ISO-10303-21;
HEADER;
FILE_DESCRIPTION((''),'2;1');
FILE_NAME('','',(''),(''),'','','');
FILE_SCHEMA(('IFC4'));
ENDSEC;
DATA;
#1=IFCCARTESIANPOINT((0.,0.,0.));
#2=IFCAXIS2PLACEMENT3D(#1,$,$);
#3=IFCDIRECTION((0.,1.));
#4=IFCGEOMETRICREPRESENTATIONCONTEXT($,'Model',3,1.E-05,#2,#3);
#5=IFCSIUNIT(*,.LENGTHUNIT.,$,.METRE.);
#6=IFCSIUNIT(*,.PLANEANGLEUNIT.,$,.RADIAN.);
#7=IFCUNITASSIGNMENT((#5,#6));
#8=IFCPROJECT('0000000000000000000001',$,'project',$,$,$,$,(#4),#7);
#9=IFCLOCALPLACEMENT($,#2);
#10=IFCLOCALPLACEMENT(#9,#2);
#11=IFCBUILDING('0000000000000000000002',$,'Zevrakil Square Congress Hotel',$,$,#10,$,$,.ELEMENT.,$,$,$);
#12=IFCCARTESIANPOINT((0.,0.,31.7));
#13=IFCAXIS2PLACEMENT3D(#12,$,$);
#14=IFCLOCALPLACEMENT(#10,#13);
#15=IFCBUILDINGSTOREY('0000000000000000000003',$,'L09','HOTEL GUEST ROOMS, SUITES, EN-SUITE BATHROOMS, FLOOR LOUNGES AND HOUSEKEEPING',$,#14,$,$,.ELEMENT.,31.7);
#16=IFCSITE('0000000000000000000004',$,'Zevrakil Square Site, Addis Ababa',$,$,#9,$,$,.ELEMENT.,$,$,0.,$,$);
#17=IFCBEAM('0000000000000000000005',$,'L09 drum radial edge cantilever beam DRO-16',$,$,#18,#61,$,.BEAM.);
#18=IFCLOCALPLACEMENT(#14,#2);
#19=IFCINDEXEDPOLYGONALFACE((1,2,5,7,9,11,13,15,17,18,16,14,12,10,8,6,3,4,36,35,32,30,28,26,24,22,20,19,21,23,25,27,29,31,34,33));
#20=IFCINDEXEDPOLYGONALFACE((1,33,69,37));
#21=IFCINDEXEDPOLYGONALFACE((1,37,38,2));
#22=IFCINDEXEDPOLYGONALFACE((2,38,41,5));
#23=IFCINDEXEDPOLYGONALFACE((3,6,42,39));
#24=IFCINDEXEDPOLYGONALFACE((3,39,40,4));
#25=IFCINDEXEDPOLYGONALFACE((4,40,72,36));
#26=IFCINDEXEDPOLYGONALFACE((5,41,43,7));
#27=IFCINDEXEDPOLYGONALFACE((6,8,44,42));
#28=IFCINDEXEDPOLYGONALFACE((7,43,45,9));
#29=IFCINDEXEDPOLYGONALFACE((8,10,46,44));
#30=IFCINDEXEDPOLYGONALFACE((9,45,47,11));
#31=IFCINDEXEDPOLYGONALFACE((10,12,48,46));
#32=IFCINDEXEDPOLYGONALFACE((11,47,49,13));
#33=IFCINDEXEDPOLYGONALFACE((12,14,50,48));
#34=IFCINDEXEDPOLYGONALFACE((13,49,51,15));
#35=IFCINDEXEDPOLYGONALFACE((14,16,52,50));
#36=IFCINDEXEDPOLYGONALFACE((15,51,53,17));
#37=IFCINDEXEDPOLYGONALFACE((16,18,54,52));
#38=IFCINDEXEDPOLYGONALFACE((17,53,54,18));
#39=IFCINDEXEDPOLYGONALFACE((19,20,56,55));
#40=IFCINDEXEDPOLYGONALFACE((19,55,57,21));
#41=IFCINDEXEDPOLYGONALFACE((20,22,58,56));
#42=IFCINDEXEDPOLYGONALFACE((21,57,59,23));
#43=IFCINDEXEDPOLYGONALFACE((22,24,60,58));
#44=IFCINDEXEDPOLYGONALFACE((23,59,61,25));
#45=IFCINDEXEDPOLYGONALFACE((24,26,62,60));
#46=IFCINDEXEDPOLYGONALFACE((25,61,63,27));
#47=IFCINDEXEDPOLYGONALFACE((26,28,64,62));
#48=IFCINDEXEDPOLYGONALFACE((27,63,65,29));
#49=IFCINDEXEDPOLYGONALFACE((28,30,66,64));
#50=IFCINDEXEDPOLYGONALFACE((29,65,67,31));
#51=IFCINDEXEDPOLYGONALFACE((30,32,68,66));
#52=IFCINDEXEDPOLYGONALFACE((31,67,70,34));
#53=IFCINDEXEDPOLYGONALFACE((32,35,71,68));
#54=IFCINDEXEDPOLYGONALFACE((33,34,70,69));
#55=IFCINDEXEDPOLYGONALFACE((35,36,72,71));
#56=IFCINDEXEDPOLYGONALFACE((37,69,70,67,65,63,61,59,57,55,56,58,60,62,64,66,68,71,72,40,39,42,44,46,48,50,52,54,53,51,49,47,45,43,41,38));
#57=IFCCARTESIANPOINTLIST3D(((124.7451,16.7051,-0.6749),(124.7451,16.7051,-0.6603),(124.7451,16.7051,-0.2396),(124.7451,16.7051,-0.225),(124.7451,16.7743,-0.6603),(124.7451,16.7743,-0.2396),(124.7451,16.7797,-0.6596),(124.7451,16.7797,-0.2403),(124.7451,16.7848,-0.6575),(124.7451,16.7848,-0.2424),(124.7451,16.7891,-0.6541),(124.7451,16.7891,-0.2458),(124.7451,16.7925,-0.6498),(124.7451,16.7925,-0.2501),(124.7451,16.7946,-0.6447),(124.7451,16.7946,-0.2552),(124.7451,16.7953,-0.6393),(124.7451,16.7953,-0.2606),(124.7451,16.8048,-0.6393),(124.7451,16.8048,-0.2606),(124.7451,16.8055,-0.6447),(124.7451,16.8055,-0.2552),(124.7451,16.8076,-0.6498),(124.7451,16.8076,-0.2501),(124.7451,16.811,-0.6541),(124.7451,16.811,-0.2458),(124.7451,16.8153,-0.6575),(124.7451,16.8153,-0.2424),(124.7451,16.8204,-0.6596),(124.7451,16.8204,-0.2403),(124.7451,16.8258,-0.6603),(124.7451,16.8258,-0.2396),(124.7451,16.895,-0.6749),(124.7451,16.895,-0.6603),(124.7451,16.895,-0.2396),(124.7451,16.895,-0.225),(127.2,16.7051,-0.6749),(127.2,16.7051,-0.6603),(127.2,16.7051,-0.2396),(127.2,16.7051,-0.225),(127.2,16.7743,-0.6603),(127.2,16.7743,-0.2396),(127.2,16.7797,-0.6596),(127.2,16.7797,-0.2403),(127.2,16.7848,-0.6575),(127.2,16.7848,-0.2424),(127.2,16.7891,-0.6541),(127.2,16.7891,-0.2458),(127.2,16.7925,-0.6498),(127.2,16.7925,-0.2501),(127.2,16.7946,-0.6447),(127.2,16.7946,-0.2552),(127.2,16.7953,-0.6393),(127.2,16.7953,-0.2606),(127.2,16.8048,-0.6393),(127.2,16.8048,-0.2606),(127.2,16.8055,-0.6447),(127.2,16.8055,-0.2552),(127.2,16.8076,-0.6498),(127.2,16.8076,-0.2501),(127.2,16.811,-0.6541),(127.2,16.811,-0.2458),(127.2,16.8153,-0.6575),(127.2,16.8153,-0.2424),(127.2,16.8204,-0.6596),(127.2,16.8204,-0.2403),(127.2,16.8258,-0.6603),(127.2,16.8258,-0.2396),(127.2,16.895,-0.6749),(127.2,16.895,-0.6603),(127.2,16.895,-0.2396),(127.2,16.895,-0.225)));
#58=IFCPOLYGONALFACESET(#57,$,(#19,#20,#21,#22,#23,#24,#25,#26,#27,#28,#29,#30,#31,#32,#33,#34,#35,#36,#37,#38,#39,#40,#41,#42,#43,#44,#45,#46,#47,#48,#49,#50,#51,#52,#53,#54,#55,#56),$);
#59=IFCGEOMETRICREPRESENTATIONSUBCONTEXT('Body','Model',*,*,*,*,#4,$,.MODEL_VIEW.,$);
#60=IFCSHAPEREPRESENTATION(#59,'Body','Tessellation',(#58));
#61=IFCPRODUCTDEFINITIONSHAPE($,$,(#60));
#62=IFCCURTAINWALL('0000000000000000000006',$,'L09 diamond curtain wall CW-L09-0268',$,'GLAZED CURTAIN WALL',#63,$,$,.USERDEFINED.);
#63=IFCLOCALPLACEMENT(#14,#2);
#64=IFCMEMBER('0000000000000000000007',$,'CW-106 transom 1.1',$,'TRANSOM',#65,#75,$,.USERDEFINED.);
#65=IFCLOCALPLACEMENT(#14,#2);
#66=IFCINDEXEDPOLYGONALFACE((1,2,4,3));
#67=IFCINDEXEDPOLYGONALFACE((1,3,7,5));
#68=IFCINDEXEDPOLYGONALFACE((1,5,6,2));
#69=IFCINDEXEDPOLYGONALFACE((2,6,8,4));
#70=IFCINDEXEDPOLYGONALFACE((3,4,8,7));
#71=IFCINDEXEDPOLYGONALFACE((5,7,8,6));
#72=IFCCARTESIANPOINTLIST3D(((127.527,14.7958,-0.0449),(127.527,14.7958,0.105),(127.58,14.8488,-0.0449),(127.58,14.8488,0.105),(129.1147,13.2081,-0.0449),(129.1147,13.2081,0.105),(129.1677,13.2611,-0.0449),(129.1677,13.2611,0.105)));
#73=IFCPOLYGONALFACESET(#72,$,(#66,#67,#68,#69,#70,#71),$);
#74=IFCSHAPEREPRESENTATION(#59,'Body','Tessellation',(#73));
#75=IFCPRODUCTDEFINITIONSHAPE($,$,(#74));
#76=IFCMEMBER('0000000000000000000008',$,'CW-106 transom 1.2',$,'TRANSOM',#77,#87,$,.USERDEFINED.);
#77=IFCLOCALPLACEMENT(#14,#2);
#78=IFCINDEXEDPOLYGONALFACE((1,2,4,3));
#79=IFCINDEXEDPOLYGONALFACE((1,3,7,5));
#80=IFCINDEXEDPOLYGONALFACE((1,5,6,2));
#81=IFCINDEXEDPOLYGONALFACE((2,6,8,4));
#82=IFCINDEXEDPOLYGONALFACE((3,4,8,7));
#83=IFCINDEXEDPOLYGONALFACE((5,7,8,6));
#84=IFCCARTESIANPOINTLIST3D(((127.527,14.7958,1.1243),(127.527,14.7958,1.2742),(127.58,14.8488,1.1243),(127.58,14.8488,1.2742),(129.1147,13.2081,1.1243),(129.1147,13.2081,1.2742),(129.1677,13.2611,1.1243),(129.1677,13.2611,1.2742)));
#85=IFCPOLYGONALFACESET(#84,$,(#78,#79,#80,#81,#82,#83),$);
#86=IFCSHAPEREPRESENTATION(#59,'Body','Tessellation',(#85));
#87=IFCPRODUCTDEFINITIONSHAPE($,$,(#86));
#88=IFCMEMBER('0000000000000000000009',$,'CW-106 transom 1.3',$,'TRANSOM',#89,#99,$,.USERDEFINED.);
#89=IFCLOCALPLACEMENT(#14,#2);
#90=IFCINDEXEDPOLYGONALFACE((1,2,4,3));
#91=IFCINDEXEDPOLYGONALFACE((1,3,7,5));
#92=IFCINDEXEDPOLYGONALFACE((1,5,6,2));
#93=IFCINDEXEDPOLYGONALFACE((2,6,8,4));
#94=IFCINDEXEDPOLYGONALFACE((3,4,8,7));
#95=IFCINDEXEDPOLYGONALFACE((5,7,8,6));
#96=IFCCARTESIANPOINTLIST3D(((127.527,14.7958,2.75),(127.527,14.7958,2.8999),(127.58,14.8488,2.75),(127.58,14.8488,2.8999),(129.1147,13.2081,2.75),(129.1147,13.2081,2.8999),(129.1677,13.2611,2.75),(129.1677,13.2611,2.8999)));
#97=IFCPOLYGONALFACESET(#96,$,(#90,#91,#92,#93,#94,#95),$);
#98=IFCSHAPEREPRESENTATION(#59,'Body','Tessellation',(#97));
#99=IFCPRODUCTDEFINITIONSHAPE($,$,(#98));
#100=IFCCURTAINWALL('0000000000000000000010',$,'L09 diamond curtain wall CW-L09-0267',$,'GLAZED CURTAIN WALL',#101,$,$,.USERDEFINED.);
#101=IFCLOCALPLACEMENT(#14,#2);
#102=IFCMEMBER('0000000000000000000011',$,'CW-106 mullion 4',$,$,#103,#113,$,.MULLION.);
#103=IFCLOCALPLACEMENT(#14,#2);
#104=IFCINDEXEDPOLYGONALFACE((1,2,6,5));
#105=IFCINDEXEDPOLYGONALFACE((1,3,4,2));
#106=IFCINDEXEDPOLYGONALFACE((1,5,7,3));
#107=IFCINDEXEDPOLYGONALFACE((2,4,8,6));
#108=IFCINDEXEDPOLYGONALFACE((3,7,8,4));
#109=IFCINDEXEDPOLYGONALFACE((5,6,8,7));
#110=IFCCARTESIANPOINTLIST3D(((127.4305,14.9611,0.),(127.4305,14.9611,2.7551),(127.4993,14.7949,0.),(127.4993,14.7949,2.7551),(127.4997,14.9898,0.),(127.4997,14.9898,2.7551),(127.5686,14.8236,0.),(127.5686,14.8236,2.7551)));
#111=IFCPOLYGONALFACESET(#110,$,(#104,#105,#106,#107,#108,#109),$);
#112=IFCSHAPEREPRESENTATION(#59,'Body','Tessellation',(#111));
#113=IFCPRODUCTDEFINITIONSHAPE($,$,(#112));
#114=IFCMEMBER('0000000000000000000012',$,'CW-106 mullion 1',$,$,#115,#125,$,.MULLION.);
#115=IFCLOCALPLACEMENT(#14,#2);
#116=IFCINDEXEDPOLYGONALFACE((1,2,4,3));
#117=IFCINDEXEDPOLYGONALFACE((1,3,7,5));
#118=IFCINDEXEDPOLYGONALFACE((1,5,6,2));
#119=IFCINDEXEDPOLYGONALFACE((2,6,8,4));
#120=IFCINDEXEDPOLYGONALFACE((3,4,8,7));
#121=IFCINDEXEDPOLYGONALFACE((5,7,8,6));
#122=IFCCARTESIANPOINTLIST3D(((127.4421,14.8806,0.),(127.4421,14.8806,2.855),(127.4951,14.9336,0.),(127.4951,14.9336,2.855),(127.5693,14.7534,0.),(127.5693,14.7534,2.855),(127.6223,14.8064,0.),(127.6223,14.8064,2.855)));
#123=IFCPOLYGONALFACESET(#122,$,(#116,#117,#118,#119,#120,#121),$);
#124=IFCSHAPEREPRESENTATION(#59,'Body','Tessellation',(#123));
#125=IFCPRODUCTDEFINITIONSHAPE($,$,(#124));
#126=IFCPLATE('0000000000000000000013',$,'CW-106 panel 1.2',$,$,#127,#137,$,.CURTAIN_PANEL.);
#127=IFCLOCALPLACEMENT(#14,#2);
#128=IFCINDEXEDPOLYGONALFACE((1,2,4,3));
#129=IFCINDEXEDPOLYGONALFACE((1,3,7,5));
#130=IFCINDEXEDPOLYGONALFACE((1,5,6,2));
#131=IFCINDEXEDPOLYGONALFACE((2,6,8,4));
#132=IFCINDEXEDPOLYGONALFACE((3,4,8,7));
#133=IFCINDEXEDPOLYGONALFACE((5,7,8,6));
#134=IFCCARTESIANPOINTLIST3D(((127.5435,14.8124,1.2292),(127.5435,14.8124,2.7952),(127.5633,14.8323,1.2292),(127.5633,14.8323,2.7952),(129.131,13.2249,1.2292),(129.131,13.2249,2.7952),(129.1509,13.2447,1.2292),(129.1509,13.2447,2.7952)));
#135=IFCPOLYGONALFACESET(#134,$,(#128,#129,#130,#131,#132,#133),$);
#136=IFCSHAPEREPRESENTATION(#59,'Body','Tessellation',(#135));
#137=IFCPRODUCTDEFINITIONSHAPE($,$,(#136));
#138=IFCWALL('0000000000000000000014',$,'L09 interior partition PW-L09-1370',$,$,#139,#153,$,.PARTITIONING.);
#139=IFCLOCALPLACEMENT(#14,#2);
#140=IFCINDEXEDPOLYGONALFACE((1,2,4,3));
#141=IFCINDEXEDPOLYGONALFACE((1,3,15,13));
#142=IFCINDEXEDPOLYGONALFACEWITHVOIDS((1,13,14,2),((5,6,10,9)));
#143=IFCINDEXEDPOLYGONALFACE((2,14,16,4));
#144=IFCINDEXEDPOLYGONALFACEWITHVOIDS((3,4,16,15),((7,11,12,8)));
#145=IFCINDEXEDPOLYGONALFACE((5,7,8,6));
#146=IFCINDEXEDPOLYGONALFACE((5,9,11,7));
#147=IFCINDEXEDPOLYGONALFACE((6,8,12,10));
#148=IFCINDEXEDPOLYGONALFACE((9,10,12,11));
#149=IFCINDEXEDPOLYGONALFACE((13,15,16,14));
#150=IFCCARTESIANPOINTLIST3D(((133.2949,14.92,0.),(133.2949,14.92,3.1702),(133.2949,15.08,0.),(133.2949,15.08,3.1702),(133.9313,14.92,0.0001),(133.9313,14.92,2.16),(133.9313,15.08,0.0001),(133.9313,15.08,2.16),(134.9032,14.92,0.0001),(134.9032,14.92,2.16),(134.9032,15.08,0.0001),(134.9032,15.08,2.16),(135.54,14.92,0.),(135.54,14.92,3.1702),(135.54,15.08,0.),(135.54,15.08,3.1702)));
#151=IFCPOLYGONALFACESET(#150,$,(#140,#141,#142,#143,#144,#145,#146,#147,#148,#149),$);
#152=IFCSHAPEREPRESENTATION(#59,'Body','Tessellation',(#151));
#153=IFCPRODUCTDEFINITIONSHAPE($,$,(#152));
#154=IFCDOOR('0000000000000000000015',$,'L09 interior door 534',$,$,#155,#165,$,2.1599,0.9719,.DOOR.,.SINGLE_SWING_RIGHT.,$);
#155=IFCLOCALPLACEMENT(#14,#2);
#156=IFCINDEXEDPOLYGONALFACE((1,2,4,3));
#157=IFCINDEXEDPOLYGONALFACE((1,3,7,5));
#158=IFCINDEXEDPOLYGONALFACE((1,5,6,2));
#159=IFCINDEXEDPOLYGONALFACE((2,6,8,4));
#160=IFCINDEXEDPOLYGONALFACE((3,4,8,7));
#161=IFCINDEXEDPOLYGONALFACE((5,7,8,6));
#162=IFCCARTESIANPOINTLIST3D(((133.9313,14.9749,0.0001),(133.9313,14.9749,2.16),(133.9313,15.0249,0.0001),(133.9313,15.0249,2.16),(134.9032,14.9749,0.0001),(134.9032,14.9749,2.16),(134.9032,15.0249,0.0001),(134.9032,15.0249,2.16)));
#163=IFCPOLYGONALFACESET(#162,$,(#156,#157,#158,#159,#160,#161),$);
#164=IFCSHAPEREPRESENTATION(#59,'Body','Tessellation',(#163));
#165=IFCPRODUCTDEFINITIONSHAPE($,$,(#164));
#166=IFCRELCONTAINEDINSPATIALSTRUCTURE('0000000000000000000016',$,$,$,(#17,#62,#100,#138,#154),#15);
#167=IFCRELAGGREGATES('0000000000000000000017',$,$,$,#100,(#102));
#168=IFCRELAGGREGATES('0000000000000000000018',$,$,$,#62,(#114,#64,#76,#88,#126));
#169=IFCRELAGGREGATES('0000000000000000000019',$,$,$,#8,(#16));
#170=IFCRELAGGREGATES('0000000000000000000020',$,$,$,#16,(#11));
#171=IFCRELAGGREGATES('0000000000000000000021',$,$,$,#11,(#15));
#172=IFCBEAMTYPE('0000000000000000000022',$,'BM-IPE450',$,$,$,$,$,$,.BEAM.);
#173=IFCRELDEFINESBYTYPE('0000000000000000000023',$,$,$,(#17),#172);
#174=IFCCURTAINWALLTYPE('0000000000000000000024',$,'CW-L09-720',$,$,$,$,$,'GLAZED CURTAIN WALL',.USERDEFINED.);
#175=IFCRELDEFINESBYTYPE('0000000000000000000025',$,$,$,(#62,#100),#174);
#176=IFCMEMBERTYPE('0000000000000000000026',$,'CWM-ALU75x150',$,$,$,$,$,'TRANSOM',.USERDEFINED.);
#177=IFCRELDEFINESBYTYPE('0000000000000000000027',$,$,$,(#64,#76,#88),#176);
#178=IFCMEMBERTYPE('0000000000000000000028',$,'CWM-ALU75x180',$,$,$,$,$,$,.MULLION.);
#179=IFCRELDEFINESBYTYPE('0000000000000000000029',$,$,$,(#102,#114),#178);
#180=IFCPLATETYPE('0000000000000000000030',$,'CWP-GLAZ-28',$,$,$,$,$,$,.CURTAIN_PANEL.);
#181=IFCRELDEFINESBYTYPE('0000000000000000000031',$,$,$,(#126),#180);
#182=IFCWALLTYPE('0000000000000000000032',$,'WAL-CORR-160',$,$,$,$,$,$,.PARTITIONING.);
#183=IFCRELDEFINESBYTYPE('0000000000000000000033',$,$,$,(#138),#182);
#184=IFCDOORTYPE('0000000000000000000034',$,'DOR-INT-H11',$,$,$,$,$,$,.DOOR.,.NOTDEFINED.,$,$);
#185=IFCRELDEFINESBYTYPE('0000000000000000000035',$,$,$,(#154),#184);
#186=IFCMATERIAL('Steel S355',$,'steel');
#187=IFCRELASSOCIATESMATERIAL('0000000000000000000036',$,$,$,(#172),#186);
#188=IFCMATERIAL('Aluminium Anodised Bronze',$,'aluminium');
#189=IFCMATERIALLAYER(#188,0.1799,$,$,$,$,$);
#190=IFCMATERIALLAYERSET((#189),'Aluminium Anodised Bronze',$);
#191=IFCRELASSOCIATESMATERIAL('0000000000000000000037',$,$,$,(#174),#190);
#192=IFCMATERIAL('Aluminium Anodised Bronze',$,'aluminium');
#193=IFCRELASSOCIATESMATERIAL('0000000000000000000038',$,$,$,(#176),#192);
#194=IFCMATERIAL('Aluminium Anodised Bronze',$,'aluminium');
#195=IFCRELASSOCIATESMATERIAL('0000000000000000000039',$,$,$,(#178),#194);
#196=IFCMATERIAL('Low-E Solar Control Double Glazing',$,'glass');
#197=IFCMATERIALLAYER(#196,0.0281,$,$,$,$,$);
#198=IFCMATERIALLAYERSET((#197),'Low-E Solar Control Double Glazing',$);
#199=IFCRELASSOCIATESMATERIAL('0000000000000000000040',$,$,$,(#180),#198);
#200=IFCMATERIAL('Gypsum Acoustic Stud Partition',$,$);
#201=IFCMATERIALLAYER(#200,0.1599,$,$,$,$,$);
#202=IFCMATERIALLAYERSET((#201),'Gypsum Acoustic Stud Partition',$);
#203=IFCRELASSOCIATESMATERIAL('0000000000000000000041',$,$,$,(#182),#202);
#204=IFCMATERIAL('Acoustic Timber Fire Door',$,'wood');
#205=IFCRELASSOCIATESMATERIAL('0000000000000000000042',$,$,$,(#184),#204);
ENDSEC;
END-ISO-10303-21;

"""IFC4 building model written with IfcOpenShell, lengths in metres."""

from ifc_helpers import new_model, si_unit, direction, frame, frame_2d, origin, origin_2d, place, context, subcontext, project, spatial, rectangle, i_section, extrude, material, layer, layer_set, material_profile, profile_set, type_object, element, fill, aggregate, save


model = new_model("IFC4")

# Units and contexts
model_context = context("Model", 3, precision=1e-05, world=origin(), true_north=direction((0.0, 1.0)))
body_context = subcontext(model_context, "Body", "Model", "MODEL_VIEW")
ifc_project = project(units=[si_unit("LENGTHUNIT", "METRE"), si_unit("PLANEANGLEUNIT", "RADIAN")], contexts=[model_context])

# Site, building, storey
site_placement = place(None, origin())
site = spatial("IfcSite", under=ifc_project, at=site_placement, Name="Zevrakil Square Site, Addis Ababa", CompositionType="ELEMENT", RefElevation=0.0)
building_placement = place(site_placement, origin())
building = spatial("IfcBuilding", under=site, at=building_placement, Name="Zevrakil Square Congress Hotel", CompositionType="ELEMENT")
storey_placement = place(building_placement, frame((0.0, 0.0, 31.7)))
storey = spatial("IfcBuildingStorey", under=building, at=storey_placement, Name="L09", Description="HOTEL GUEST ROOMS, SUITES, EN-SUITE BATHROOMS, FLOOR LOUNGES AND HOUSEKEEPING", CompositionType="ELEMENT", Elevation=31.7)

# Beam
ifc_material_1 = material(Name="Steel S355", Category="steel")
ifc_material_profile_1 = material_profile(ifc_material_1, i_section(OverallWidth=0.1899, OverallDepth=0.45, WebThickness=0.0095, FlangeThickness=0.0146, FilletRadius=0.021, at=origin_2d()), Name="IPE 450")
ifc_profile_set_1 = profile_set([ifc_material_profile_1], Name="Steel S355")
beam_type = type_object("IfcBeamType", Name="BM-IPE450", PredefinedType="BEAM", material=ifc_profile_set_1)
beam_placement = place(storey_placement, frame((127.2, 16.8, -0.45), z_axis=(-1.0, 0.0, 0.0), x_axis=(0.0, -1.0, 0.0)))
element("IfcBeam", 1, at=beam_placement, inside=storey, type_object=beam_type, Name="L09 drum radial edge cantilever beam DRO-16", PredefinedType="BEAM", context=body_context, shape_type="SweptSolid", body=[
    extrude(i_section(OverallWidth=0.1899, OverallDepth=0.45, WebThickness=0.0095, FlangeThickness=0.0146, FilletRadius=0.021, at=origin_2d()), origin(), (0.0, 0.0, 1.0), 2.4548),
])

# Curtain wall, members
ifc_material_2 = material(Name="Aluminium Anodised Bronze", Category="aluminium")
ifc_layer_1 = layer(ifc_material_2, 0.1799)
ifc_layer_set_1 = layer_set([ifc_layer_1], Name="Aluminium Anodised Bronze")
curtain_wall_type = type_object("IfcCurtainWallType", Name="CW-L09-720", ElementType="GLAZED CURTAIN WALL", PredefinedType="USERDEFINED", material=ifc_layer_set_1)
curtain_wall_1_placement = place(storey_placement, origin())
curtain_wall_1 = element("IfcCurtainWall", 2, at=curtain_wall_1_placement, inside=storey, type_object=curtain_wall_type, Name="L09 diamond curtain wall CW-L09-0268", ObjectType="GLAZED CURTAIN WALL", PredefinedType="USERDEFINED")
ifc_material_3 = material(Name="Aluminium Anodised Bronze", Category="aluminium")
ifc_material_profile_2 = material_profile(ifc_material_3, rectangle(XDim=0.075, YDim=0.1499, at=origin_2d()), Name="ALU 75x150")
ifc_profile_set_2 = profile_set([ifc_material_profile_2], Name="Aluminium Anodised Bronze")
member_type_1 = type_object("IfcMemberType", Name="CWM-ALU75x150", ElementType="TRANSOM", PredefinedType="USERDEFINED", material=ifc_profile_set_2)
member_1_placement = place(storey_placement, frame((127.5535, 14.8223, 0.03), z_axis=(0.707107, -0.707107, 0.0), x_axis=(0.707107, 0.707107, 0.0)))
member_1 = element("IfcMember", 3, at=member_1_placement, type_object=member_type_1, Name="CW-106 transom 1.1", ObjectType="TRANSOM", PredefinedType="USERDEFINED", context=body_context, shape_type="SweptSolid", body=[
    extrude(rectangle(XDim=0.075, YDim=0.1499, at=origin_2d()), origin(), (0.0, 0.0, 1.0), 2.2454),
])
member_2_placement = place(storey_placement, frame((127.5535, 14.8223, 1.1992), z_axis=(0.707107, -0.707107, 0.0), x_axis=(0.707107, 0.707107, 0.0)))
member_2 = element("IfcMember", 4, at=member_2_placement, type_object=member_type_1, Name="CW-106 transom 1.2", ObjectType="TRANSOM", PredefinedType="USERDEFINED", context=body_context, shape_type="SweptSolid", body=[
    extrude(rectangle(XDim=0.075, YDim=0.1499, at=origin_2d()), origin(), (0.0, 0.0, 1.0), 2.2454),
])
member_3_placement = place(storey_placement, frame((127.5535, 14.8223, 2.825), z_axis=(0.707107, -0.707107, 0.0), x_axis=(0.707107, 0.707107, 0.0)))
member_3 = element("IfcMember", 5, at=member_3_placement, type_object=member_type_1, Name="CW-106 transom 1.3", ObjectType="TRANSOM", PredefinedType="USERDEFINED", context=body_context, shape_type="SweptSolid", body=[
    extrude(rectangle(XDim=0.075, YDim=0.1499, at=origin_2d()), origin(), (0.0, 0.0, 1.0), 2.2454),
])

# Curtain wall, member
curtain_wall_2_placement = place(storey_placement, origin())
curtain_wall_2 = element("IfcCurtainWall", 6, at=curtain_wall_2_placement, inside=storey, type_object=curtain_wall_type, Name="L09 diamond curtain wall CW-L09-0267", ObjectType="GLAZED CURTAIN WALL", PredefinedType="USERDEFINED")
ifc_material_4 = material(Name="Aluminium Anodised Bronze", Category="aluminium")
ifc_material_profile_3 = material_profile(ifc_material_4, rectangle(XDim=0.075, YDim=0.1799, at=origin_2d()), Name="ALU 75x180")
ifc_profile_set_3 = profile_set([ifc_material_profile_3], Name="Aluminium Anodised Bronze")
member_type_2 = type_object("IfcMemberType", Name="CWM-ALU75x180", PredefinedType="MULLION", material=ifc_profile_set_3)
member_4_placement = place(storey_placement, frame((127.4995, 14.8923, 0.0), z_axis=(0.0, 0.0, 1.0), x_axis=(0.923879, 0.382684, 0.0)))
member_4 = element("IfcMember", 7, at=member_4_placement, type_object=member_type_2, Name="CW-106 mullion 4", PredefinedType="MULLION", context=body_context, shape_type="SweptSolid", body=[
    extrude(rectangle(XDim=0.075, YDim=0.1799, at=origin_2d()), origin(), (0.0, 0.0, 1.0), 2.7551),
])
aggregate(curtain_wall_2, [member_4])

# Member
member_5_placement = place(storey_placement, frame((127.5322, 14.8435, 0.0), z_axis=(0.0, 0.0, 1.0), x_axis=(0.707107, 0.707107, 0.0)))
member_5 = element("IfcMember", 8, at=member_5_placement, type_object=member_type_2, Name="CW-106 mullion 1", PredefinedType="MULLION", context=body_context, shape_type="SweptSolid", body=[
    extrude(rectangle(XDim=0.075, YDim=0.1799, at=origin_2d()), origin(), (0.0, 0.0, 1.0), 2.855),
])

# Plate
ifc_material_5 = material(Name="Low-E Solar Control Double Glazing", Category="glass")
ifc_layer_2 = layer(ifc_material_5, 0.0281)
ifc_layer_set_2 = layer_set([ifc_layer_2], Name="Low-E Solar Control Double Glazing")
plate_type = type_object("IfcPlateType", Name="CWP-GLAZ-28", PredefinedType="CURTAIN_PANEL", material=ifc_layer_set_2)
plate_placement = place(storey_placement, frame((128.3472, 14.0286, 1.2292), z_axis=(0.0, 0.0, 1.0), x_axis=(0.707107, -0.707107, 0.0)))
plate = element("IfcPlate", 9, at=plate_placement, type_object=plate_type, Name="CW-106 panel 1.2", PredefinedType="CURTAIN_PANEL", context=body_context, shape_type="SweptSolid", body=[
    extrude(rectangle(XDim=2.2451, YDim=0.0281, at=origin_2d()), origin(), (0.0, 0.0, 1.0), 1.5659),
])
aggregate(curtain_wall_1, [member_5, member_1, member_2, member_3, plate])

# Wall, opening, door
ifc_material_6 = material(Name="Gypsum Acoustic Stud Partition")
ifc_layer_3 = layer(ifc_material_6, 0.1599)
ifc_layer_set_3 = layer_set([ifc_layer_3], Name="Gypsum Acoustic Stud Partition")
wall_type_1 = type_object("IfcWallType", Name="WAL-CORR-160", PredefinedType="PARTITIONING", material=ifc_layer_set_3)
wall_1_placement = place(storey_placement, frame((133.2949, 15.0, 0.0), z_axis=(0.0, 0.0, 1.0), x_axis=(1.0, 0.0, 0.0)))
wall_1 = element("IfcWall", 10, at=wall_1_placement, inside=storey, type_object=wall_type_1, Name="L09 interior partition PW-L09-1370", PredefinedType="PARTITIONING", context=body_context, shape_type="SweptSolid", body=[
    extrude(rectangle(XDim=2.2451, YDim=0.1599, at=frame_2d((1.1226, 0.0))), origin(), (0.0, 0.0, 1.0), 3.1702),
])
opening_1_placement = place(wall_1_placement, frame((0.6365, 0.0, 0.0)))
opening_1 = element("IfcOpeningElement", 11, at=opening_1_placement, cuts=wall_1, PredefinedType="OPENING", context=body_context, shape_type="SweptSolid", body=[
    extrude(rectangle(XDim=0.9719, YDim=2.1599, at=frame_2d((0.4858, 1.0801))), frame((0.0, 0.0898, 0.0), z_axis=(0.0, -1.0, 0.0), x_axis=(1.0, 0.0, 0.0)), (0.0, 0.0, 1.0), 0.1799),
])
ifc_material_7 = material(Name="Acoustic Timber Fire Door", Category="wood")
door_type_1 = type_object("IfcDoorType", Name="DOR-INT-H11", OperationType="NOTDEFINED", PredefinedType="DOOR", material=ifc_material_7)
door_1_placement = place(opening_1_placement, origin())
door_1 = element("IfcDoor", 12, at=door_1_placement, inside=storey, type_object=door_type_1, Name="L09 interior door 534", OperationType="SINGLE_SWING_RIGHT", OverallHeight=2.1599, OverallWidth=0.9719, PredefinedType="DOOR", context=body_context, shape_type="SweptSolid", body=[
    extrude(rectangle(XDim=0.9719, YDim=2.1599, at=frame_2d((0.4858, 1.0801))), frame((0.0, 0.0249, 0.0), z_axis=(0.0, -1.0, 0.0), x_axis=(1.0, 0.0, 0.0)), (0.0, 0.0, 1.0), 0.05),
])
fill(opening_1, door_1)

save(model, "model.ifc")
